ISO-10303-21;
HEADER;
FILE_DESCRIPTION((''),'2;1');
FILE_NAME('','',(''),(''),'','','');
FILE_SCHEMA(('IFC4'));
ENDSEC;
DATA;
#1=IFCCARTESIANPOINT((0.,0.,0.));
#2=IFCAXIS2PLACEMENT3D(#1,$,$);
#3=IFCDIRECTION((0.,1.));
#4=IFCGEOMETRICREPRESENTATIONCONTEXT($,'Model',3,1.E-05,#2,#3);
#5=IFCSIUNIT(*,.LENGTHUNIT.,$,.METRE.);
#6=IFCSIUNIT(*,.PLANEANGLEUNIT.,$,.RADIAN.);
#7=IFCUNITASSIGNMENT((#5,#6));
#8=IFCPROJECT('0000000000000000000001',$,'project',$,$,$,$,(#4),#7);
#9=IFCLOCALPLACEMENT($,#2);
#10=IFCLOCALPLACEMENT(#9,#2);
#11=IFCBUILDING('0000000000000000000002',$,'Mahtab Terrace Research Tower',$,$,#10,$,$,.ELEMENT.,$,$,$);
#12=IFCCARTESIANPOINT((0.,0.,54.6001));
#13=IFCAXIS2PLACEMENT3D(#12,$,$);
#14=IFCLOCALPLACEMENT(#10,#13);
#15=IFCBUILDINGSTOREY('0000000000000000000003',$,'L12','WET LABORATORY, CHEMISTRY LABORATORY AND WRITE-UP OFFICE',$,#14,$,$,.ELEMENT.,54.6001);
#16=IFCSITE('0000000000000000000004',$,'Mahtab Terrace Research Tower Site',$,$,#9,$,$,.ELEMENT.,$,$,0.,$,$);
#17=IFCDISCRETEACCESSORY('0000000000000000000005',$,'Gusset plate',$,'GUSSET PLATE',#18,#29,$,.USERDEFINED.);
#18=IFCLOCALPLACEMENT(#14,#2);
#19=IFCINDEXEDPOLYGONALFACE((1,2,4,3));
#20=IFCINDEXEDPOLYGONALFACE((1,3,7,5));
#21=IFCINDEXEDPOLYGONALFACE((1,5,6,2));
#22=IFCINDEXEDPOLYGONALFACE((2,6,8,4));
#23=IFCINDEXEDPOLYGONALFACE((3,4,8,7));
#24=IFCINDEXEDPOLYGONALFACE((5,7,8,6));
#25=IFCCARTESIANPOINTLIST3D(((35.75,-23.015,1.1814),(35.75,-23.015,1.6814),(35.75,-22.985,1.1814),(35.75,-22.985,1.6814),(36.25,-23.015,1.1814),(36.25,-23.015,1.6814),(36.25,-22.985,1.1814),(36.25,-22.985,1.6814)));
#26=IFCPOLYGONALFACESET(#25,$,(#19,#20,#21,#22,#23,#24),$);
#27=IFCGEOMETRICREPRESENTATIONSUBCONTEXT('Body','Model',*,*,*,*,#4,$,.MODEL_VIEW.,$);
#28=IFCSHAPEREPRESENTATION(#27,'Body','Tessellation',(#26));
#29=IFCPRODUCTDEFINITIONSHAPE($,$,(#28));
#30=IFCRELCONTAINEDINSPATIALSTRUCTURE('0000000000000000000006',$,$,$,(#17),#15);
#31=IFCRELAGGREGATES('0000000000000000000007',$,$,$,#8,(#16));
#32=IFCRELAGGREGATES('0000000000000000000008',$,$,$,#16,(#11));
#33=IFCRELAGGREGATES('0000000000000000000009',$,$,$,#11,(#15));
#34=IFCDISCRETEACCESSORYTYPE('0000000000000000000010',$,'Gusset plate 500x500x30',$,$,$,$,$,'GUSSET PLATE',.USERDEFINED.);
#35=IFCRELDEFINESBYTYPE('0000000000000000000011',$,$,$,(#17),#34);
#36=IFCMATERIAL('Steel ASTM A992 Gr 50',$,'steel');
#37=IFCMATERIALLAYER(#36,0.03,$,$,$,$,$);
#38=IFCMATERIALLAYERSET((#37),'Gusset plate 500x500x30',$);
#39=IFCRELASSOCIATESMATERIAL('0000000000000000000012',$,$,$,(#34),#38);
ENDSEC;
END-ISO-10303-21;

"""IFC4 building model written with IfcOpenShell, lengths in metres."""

from ifc_helpers import new_model, si_unit, direction, frame, origin, origin_2d, place, context, subcontext, project, spatial, rectangle, extrude, material, layer, layer_set, type_object, element, save


model = new_model("IFC4")

# Units and contexts
model_context = context("Model", 3, precision=1e-05, world=origin(), true_north=direction((0.0, 1.0)))
body_context = subcontext(model_context, "Body", "Model", "MODEL_VIEW")
ifc_project = project(units=[si_unit("LENGTHUNIT", "METRE"), si_unit("PLANEANGLEUNIT", "RADIAN")], contexts=[model_context])

# Site, building, storey
site_placement = place(None, origin())
site = spatial("IfcSite", under=ifc_project, at=site_placement, Name="Mahtab Terrace Research Tower Site", CompositionType="ELEMENT", RefElevation=0.0)
building_placement = place(site_placement, origin())
building = spatial("IfcBuilding", under=site, at=building_placement, Name="Mahtab Terrace Research Tower", CompositionType="ELEMENT")
storey_placement = place(building_placement, frame((0.0, 0.0, 54.6001)))
storey = spatial("IfcBuildingStorey", under=building, at=storey_placement, Name="L12", Description="WET LABORATORY, CHEMISTRY LABORATORY AND WRITE-UP OFFICE", CompositionType="ELEMENT", Elevation=54.6001)

# Shared definitions
ifc_material_1 = material(Name="Steel ASTM A992 Gr 50", Category="steel")

# Discrete accessory
ifc_layer_1 = layer(ifc_material_1, 0.03)
ifc_layer_set_1 = layer_set([ifc_layer_1], Name="Gusset plate 500x500x30")
discrete_accessory_type = type_object("IfcDiscreteAccessoryType", Name="Gusset plate 500x500x30", ElementType="GUSSET PLATE", PredefinedType="USERDEFINED", material=ifc_layer_set_1)
for number, where, z_axis, x_axis, name in (
    (1, (36.0, -23.0, 1.1814), (0.0, 0.0, 1.0), (1.0, 0.0, 0.0), "Gusset plate"),
):
    element("IfcDiscreteAccessory", number, at=place(storey_placement, frame(where, z_axis=z_axis, x_axis=x_axis)), inside=storey, type_object=discrete_accessory_type, Name=name, ObjectType="GUSSET PLATE", PredefinedType="USERDEFINED", context=body_context, shape_type="SweptSolid", body=[
        extrude(rectangle(XDim=0.5, YDim=0.03, at=origin_2d()), origin(), (0.0, 0.0, 1.0), 0.5),
    ])

save(model, "model.ifc")
